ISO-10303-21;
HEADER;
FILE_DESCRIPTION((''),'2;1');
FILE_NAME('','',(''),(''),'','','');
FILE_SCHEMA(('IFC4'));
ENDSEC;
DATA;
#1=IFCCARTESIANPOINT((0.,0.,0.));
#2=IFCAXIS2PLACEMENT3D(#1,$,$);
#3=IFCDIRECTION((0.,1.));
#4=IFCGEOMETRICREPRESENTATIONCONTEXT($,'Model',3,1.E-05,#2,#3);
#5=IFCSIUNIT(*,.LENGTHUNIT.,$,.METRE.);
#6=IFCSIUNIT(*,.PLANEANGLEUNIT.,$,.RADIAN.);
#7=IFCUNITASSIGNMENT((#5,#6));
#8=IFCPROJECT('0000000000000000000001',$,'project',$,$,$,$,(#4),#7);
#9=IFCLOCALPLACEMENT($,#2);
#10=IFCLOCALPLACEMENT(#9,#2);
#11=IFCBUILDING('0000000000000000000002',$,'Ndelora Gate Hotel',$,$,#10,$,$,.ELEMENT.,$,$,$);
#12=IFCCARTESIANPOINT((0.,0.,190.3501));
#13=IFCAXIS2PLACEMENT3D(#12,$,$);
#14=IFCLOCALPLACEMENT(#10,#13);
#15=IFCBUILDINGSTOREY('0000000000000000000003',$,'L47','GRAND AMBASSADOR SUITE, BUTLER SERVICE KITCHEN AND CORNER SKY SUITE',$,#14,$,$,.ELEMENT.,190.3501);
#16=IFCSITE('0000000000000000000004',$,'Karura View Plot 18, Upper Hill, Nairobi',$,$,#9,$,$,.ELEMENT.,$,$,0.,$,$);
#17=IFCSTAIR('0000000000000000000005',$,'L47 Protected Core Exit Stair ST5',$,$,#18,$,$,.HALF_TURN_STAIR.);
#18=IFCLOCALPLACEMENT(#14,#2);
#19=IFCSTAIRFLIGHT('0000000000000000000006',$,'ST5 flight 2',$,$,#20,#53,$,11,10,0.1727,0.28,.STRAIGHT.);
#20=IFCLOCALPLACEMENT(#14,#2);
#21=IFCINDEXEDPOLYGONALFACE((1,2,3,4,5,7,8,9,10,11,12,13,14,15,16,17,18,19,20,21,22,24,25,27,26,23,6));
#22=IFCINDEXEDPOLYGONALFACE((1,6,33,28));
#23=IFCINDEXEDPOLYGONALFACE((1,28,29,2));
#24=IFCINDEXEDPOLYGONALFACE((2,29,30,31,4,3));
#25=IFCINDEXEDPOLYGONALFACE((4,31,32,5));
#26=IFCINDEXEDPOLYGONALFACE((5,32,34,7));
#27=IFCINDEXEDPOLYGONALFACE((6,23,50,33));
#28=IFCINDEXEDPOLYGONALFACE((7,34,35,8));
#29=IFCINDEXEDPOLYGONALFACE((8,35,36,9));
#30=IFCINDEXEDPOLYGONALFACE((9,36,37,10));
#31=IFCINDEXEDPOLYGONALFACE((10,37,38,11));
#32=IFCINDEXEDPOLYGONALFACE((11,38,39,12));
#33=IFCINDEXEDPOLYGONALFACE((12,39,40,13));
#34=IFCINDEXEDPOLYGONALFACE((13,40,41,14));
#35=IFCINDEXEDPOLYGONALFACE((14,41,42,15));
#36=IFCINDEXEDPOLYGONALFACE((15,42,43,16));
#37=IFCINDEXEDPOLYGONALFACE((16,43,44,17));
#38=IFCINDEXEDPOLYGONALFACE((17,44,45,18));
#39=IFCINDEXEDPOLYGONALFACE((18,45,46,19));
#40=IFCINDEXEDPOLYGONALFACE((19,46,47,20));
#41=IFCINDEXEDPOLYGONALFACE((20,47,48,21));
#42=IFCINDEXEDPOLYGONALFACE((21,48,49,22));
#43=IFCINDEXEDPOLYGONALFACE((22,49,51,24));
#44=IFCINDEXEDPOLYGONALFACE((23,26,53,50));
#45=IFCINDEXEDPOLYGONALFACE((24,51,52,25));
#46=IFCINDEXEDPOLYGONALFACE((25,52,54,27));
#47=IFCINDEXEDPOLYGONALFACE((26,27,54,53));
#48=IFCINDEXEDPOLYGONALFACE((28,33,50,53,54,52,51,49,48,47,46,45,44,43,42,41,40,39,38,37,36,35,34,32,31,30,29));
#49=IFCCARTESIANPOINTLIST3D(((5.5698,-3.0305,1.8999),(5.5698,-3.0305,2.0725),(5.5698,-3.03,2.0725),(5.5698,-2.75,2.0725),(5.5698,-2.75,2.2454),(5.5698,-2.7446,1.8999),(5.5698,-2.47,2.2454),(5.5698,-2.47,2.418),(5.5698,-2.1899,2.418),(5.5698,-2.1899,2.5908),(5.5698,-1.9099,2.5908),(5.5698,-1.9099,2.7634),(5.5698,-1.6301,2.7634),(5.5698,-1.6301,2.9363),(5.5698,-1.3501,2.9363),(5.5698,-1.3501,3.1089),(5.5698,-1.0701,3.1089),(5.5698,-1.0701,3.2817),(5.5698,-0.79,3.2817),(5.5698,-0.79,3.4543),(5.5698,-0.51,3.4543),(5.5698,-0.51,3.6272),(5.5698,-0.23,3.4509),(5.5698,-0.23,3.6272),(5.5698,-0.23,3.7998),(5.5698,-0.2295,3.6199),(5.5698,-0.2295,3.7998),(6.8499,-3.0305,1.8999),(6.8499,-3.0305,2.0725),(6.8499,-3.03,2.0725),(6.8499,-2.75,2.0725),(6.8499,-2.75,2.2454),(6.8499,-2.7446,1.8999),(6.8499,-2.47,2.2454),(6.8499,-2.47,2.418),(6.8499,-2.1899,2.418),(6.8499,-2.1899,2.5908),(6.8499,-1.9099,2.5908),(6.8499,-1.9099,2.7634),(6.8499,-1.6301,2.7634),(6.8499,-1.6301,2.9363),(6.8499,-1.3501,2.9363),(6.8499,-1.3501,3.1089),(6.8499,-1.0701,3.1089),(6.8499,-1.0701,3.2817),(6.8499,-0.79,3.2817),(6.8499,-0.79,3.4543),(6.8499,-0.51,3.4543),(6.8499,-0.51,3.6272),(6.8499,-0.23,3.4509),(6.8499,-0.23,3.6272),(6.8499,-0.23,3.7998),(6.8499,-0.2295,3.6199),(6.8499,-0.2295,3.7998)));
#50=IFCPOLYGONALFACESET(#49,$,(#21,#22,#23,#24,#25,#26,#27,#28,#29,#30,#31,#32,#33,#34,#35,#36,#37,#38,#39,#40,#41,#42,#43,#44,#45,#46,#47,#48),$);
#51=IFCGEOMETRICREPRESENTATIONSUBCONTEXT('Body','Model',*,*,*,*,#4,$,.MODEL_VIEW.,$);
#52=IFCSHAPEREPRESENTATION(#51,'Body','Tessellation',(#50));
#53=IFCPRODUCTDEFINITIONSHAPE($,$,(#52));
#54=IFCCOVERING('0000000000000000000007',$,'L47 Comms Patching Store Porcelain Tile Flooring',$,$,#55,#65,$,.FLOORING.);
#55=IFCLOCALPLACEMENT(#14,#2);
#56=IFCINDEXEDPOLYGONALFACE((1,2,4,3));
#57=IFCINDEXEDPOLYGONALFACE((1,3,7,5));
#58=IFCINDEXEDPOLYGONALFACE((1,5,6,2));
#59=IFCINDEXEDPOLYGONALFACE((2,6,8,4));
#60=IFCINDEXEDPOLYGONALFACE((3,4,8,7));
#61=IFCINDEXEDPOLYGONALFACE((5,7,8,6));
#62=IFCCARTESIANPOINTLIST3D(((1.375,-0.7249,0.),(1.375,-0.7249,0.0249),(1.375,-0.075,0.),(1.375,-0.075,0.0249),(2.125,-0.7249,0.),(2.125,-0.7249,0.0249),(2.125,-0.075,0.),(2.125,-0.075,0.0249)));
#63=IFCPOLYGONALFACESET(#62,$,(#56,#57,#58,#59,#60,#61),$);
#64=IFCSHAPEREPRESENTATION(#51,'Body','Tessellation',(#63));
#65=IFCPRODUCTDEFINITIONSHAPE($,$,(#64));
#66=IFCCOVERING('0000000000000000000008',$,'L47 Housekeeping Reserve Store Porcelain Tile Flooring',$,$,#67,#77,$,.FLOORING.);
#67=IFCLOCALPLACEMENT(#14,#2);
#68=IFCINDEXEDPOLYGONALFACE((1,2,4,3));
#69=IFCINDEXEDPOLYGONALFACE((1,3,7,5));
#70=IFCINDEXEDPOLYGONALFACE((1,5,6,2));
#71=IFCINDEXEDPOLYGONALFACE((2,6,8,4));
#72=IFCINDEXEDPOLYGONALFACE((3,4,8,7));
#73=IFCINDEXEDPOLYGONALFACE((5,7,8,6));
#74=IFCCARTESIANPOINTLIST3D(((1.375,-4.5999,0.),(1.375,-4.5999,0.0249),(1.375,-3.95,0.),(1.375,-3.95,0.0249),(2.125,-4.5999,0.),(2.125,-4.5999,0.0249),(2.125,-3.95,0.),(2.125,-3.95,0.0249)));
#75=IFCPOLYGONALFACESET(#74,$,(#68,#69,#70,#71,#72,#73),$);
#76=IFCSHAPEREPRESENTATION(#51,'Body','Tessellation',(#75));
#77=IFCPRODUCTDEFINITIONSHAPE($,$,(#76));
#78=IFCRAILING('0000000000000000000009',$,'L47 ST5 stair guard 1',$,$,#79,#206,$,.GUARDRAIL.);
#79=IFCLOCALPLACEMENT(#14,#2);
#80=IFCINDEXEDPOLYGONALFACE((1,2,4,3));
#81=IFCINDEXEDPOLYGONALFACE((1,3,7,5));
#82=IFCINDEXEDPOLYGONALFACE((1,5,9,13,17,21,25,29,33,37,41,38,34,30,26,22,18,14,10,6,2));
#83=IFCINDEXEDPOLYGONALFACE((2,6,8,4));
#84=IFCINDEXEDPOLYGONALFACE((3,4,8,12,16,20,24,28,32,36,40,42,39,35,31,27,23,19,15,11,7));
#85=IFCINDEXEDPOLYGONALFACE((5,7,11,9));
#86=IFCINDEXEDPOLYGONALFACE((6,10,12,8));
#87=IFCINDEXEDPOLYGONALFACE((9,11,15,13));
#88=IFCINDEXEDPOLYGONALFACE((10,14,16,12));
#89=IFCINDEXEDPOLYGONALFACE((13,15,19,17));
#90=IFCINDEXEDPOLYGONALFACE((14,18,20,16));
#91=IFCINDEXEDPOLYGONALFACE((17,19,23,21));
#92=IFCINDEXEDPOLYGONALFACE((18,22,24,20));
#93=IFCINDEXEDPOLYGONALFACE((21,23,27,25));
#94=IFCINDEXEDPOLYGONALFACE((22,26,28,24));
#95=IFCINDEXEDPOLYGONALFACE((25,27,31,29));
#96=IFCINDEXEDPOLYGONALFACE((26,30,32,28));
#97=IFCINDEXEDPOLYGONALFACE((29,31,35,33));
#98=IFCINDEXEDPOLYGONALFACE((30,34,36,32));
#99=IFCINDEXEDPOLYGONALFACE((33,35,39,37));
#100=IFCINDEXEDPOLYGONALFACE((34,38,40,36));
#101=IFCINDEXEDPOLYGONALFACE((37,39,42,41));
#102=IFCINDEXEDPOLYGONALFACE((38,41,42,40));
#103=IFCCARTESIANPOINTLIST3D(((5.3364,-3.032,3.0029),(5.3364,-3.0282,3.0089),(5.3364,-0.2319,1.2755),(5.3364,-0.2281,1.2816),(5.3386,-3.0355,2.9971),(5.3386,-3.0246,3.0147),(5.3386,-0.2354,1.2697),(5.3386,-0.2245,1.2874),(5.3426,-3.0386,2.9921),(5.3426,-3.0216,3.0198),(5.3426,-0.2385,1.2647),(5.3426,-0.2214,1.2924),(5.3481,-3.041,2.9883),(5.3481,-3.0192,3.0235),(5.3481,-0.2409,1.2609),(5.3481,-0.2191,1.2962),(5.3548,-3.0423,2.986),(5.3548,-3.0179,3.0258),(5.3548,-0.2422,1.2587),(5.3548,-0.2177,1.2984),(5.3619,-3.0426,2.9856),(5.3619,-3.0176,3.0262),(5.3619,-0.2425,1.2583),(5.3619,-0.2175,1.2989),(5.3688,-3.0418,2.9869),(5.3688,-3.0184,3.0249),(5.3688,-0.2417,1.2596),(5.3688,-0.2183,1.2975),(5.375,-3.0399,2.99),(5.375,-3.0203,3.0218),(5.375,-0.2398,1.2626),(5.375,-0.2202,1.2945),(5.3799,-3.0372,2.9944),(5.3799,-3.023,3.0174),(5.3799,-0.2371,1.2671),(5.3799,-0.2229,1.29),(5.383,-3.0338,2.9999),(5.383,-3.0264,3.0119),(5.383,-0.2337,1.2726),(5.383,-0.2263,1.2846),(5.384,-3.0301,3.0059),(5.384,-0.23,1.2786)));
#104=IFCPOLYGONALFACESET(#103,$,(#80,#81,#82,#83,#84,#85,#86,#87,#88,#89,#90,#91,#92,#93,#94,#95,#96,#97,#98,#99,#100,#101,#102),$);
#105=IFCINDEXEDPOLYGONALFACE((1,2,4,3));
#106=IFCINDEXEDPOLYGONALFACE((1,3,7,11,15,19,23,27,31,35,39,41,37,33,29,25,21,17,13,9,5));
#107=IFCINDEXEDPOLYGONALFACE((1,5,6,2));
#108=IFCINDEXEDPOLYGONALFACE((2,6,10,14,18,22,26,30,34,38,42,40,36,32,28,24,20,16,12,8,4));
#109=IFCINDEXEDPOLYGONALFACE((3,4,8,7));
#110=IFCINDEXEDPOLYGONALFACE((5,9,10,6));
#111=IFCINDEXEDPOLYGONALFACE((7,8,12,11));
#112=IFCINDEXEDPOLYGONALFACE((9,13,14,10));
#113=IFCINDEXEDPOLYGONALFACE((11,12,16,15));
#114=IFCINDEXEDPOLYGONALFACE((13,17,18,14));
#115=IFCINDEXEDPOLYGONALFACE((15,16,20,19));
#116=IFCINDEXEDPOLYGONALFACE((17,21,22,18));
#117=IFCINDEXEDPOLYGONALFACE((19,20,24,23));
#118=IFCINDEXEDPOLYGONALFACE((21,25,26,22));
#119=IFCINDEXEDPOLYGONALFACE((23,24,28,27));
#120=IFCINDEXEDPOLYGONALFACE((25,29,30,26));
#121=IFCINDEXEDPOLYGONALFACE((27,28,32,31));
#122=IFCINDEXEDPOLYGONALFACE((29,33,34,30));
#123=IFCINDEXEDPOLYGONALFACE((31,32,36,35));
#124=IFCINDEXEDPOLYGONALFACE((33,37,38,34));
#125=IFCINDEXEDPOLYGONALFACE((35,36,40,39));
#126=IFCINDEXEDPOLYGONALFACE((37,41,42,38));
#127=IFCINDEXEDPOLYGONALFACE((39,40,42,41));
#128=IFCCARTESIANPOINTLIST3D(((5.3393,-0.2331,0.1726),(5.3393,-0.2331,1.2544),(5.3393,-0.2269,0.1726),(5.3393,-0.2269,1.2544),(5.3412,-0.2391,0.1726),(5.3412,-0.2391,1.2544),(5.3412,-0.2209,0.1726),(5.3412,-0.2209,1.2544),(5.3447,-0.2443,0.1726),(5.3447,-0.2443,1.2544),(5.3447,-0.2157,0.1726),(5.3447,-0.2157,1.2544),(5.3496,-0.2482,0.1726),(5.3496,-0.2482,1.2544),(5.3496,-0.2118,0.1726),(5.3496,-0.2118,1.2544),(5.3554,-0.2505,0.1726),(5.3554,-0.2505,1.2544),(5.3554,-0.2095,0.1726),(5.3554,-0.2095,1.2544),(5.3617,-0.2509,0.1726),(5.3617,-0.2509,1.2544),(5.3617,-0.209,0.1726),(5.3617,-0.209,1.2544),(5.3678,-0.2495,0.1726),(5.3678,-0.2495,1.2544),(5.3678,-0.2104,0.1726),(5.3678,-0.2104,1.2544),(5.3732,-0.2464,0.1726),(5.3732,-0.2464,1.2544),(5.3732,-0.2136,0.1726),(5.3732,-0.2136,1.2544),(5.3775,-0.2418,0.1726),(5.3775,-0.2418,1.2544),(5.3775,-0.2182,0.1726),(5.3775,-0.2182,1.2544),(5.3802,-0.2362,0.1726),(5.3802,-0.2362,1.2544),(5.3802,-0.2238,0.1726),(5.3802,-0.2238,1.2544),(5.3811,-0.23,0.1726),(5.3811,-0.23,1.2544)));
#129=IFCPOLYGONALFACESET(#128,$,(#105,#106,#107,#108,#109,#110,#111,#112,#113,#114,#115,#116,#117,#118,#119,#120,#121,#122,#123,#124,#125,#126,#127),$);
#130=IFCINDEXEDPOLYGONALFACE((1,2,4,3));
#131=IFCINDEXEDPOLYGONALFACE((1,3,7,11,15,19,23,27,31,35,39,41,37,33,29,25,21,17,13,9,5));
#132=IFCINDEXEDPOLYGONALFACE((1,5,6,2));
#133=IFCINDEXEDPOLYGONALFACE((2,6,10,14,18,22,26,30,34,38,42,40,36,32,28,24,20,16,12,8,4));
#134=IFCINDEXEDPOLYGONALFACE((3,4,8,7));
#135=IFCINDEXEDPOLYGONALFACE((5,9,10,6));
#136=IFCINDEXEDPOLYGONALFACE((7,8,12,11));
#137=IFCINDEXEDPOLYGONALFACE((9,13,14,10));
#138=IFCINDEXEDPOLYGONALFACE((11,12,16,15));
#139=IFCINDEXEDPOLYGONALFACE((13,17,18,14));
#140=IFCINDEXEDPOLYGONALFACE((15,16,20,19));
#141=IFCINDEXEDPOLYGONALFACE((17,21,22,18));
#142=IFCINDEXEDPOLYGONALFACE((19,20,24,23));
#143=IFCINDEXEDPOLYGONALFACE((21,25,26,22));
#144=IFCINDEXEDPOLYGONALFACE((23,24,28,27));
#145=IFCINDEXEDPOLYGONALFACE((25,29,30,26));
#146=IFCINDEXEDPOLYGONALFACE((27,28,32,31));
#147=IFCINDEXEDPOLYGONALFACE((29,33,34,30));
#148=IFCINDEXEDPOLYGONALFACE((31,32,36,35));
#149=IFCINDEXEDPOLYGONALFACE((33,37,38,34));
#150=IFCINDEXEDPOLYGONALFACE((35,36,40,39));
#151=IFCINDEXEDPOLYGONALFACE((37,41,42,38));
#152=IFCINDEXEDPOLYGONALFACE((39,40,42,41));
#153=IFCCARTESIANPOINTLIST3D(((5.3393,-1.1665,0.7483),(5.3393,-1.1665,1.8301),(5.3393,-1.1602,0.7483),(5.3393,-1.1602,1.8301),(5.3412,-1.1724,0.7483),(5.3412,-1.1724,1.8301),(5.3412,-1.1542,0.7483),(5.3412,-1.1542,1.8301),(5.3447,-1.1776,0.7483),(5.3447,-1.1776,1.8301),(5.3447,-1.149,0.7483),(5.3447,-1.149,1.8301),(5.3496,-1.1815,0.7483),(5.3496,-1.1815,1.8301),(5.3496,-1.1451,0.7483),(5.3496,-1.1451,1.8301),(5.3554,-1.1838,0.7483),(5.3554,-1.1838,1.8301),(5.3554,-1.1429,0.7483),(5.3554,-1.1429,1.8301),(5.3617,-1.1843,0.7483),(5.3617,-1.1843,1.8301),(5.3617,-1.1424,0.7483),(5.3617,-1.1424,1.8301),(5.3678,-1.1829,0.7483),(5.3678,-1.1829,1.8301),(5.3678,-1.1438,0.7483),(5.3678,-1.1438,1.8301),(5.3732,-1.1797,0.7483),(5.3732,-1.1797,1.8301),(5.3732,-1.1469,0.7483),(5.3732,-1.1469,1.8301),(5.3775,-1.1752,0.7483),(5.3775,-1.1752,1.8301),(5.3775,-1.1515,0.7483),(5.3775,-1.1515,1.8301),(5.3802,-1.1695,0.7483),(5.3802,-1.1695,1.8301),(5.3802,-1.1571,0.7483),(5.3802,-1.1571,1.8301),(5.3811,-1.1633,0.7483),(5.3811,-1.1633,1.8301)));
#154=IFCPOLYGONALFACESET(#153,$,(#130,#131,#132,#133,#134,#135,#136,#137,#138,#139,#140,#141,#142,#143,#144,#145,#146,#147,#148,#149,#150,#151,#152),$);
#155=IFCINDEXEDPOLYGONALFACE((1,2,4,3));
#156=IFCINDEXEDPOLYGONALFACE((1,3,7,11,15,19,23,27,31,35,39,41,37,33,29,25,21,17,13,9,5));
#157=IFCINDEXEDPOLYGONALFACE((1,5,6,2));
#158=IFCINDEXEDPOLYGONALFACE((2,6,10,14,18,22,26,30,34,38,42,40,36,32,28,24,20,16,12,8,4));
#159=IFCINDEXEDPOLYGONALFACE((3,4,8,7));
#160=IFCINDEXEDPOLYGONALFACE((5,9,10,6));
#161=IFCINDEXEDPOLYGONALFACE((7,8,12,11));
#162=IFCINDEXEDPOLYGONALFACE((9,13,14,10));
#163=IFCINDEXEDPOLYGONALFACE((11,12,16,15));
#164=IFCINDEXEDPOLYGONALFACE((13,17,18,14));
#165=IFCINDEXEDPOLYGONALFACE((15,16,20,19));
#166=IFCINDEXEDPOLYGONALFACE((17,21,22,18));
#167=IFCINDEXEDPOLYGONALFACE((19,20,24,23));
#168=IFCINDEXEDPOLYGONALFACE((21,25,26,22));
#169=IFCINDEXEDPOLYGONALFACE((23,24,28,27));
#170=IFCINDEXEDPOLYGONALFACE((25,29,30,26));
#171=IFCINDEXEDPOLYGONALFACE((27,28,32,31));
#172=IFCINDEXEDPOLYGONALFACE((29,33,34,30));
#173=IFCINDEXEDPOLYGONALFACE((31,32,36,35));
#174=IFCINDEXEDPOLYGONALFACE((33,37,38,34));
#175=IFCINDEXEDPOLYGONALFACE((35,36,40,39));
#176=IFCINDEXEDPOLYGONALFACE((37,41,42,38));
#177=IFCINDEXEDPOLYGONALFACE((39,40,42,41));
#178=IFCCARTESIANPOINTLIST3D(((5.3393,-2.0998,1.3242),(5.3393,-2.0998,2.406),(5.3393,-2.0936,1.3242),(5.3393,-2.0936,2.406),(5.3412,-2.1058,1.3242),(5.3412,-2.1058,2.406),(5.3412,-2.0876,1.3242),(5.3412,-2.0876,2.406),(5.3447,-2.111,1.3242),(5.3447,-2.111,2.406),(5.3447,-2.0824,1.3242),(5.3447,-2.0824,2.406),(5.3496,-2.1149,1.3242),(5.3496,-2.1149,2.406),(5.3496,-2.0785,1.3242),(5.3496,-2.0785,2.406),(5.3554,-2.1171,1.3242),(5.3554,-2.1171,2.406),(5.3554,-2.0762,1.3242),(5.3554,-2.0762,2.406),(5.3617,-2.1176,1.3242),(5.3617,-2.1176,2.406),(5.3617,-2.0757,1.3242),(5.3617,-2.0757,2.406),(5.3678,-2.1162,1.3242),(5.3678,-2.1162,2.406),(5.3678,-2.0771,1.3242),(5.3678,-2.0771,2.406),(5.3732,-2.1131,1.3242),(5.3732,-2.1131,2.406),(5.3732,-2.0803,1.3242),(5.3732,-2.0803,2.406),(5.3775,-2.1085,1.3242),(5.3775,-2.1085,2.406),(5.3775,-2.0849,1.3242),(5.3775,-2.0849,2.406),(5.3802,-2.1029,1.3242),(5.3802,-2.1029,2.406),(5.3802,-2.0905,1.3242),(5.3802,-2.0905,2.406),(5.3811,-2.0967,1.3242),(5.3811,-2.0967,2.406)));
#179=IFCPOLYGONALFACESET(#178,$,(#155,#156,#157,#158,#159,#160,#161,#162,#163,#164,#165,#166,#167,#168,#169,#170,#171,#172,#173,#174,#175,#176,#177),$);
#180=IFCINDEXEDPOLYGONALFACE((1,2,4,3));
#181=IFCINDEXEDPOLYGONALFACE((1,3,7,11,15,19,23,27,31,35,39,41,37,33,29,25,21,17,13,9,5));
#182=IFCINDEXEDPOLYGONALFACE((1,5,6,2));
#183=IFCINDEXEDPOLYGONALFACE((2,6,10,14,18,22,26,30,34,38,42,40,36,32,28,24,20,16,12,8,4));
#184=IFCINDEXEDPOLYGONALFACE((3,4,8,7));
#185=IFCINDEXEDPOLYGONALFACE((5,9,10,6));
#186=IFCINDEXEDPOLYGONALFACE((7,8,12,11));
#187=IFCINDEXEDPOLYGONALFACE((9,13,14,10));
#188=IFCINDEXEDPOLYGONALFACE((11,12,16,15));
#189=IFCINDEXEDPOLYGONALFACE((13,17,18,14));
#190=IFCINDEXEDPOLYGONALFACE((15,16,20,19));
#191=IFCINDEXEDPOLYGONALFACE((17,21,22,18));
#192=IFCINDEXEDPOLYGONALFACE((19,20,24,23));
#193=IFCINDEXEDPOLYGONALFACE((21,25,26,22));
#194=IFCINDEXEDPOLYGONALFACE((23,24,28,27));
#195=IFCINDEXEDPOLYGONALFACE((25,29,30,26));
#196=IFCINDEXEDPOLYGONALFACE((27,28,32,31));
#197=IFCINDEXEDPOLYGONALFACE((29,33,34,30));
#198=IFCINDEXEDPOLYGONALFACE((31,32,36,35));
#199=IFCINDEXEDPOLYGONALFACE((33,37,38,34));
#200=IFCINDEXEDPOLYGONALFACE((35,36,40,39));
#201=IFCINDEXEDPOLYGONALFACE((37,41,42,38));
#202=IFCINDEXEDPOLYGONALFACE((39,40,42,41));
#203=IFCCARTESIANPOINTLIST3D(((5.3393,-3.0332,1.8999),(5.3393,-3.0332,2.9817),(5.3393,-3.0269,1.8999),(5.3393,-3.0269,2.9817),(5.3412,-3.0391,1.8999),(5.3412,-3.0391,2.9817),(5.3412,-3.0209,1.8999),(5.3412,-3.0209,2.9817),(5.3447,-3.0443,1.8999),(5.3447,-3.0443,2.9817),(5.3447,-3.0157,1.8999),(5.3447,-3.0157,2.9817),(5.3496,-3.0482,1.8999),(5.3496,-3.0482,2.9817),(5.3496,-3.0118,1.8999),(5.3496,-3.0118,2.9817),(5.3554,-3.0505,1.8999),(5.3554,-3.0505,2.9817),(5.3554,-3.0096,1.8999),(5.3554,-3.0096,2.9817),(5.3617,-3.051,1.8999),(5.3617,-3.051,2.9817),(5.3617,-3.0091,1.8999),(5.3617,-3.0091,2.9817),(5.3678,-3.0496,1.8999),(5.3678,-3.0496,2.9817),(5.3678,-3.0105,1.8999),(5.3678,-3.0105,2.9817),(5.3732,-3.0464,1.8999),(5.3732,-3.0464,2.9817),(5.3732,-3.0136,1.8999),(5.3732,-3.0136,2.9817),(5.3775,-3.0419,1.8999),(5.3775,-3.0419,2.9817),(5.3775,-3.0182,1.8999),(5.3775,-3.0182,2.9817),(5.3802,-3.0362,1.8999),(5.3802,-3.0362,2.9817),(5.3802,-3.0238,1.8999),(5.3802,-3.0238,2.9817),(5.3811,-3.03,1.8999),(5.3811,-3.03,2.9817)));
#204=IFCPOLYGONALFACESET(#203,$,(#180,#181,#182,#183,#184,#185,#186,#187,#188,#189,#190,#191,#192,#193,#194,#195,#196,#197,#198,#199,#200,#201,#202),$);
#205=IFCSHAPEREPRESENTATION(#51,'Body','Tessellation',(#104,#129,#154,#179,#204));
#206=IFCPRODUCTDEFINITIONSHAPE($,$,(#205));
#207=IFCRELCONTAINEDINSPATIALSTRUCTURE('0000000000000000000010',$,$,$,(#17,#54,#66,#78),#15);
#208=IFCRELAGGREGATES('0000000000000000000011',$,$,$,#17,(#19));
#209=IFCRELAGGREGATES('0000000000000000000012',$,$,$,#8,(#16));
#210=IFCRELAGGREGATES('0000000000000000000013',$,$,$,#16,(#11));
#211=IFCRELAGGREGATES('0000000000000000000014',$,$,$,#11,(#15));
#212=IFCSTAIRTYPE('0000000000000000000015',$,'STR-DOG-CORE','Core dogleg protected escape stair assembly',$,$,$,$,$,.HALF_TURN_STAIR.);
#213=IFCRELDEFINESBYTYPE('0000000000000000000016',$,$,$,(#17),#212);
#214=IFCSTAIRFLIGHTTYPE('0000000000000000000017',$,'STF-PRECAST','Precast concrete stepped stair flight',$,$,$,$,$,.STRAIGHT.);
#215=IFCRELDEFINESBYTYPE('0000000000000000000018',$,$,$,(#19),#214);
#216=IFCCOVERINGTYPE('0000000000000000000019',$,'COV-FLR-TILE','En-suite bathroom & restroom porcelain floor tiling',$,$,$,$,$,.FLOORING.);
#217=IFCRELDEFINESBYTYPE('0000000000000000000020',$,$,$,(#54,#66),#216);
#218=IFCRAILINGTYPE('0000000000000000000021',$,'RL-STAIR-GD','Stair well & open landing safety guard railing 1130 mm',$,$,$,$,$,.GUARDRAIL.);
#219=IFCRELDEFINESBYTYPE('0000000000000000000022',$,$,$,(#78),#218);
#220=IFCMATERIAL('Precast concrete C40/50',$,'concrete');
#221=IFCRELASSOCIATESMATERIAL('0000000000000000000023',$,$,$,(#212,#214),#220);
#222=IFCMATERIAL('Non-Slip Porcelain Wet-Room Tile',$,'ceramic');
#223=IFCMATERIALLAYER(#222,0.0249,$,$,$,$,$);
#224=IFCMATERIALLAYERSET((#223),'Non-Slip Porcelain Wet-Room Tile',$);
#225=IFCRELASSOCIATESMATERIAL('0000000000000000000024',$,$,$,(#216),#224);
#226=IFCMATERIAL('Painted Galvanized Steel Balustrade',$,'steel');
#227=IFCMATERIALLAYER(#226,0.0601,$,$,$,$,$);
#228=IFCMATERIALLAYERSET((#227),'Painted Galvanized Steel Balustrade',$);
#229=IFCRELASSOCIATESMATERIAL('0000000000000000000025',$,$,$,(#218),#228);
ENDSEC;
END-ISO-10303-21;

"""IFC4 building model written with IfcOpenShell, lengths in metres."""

from ifc_helpers import new_model, si_unit, direction, frame, origin, origin_2d, place, context, subcontext, project, spatial, polyline, rectangle, circle, outline, extrude, material, layer, layer_set, type_object, element, aggregate, save


model = new_model("IFC4")

# Units and contexts
model_context = context("Model", 3, precision=1e-05, world=origin(), true_north=direction((0.0, 1.0)))
body_context = subcontext(model_context, "Body", "Model", "MODEL_VIEW")
ifc_project = project(units=[si_unit("LENGTHUNIT", "METRE"), si_unit("PLANEANGLEUNIT", "RADIAN")], contexts=[model_context])

# Site, building, storey
site_placement = place(None, origin())
site = spatial("IfcSite", under=ifc_project, at=site_placement, Name="Karura View Plot 18, Upper Hill, Nairobi", CompositionType="ELEMENT", RefElevation=0.0)
building_placement = place(site_placement, origin())
building = spatial("IfcBuilding", under=site, at=building_placement, Name="Ndelora Gate Hotel", CompositionType="ELEMENT")
storey_placement = place(building_placement, frame((0.0, 0.0, 190.3501)))
storey = spatial("IfcBuildingStorey", under=building, at=storey_placement, Name="L47", Description="GRAND AMBASSADOR SUITE, BUTLER SERVICE KITCHEN AND CORNER SKY SUITE", CompositionType="ELEMENT", Elevation=190.3501)

# Stair
ifc_material_1 = material(Name="Precast concrete C40/50", Category="concrete")
stair_type = type_object("IfcStairType", Name="STR-DOG-CORE", Description="Core dogleg protected escape stair assembly", PredefinedType="HALF_TURN_STAIR", material=ifc_material_1)
stair_1_placement = place(storey_placement, origin())
stair_1 = element("IfcStair", 1, at=stair_1_placement, inside=storey, type_object=stair_type, Name="L47 Protected Core Exit Stair ST5", PredefinedType="HALF_TURN_STAIR")

# Stair flight
stair_flight_type = type_object("IfcStairFlightType", Name="STF-PRECAST", Description="Precast concrete stepped stair flight", PredefinedType="STRAIGHT", material=ifc_material_1)
stair_flight_1_placement = place(storey_placement, frame((6.21, -3.03, 1.8999), z_axis=(0.0, 0.0, 1.0), x_axis=(0.0, 1.0, 0.0)))
stair_flight_1 = element("IfcStairFlight", 2, at=stair_flight_1_placement, type_object=stair_flight_type, Name="ST5 flight 2", NumberOfRisers=11, NumberOfTreads=10, PredefinedType="STRAIGHT", RiserHeight=0.1727, TreadLength=0.28, context=body_context, shape_type="SweptSolid", body=[
    extrude(outline(polyline([(-0.0005, 0.0), (-0.0005, 0.1726), (0.0, 0.1726), (0.28, 0.1726), (0.28, 0.3455), (0.5601, 0.3455), (0.5601, 0.5181), (0.8401, 0.5181), (0.8401, 0.6909), (1.1201, 0.6909), (1.1201, 0.8635), (1.3999, 0.8635), (1.3999, 1.0364), (1.6799, 1.0364), (1.6799, 1.209), (1.96, 1.209), (1.96, 1.3818), (2.24, 1.3818), (2.24, 1.5544), (2.52, 1.5544), (2.52, 1.7273), (2.8, 1.7273), (2.8, 1.8999), (2.8005, 1.8999), (2.8005, 1.72), (2.8, 1.551), (0.2854, 0.0), (-0.0005, 0.0)])), frame((0.0, 0.6401, 0.0), z_axis=(0.0, -1.0, 0.0), x_axis=(1.0, 0.0, 0.0)), (0.0, 0.0, 1.0), 1.28),
])
aggregate(stair_1, [stair_flight_1])

# Coverings
ifc_material_2 = material(Name="Non-Slip Porcelain Wet-Room Tile", Category="ceramic")
ifc_layer_1 = layer(ifc_material_2, 0.0249)
ifc_layer_set_1 = layer_set([ifc_layer_1], Name="Non-Slip Porcelain Wet-Room Tile")
covering_type = type_object("IfcCoveringType", Name="COV-FLR-TILE", Description="En-suite bathroom & restroom porcelain floor tiling", PredefinedType="FLOORING", material=ifc_layer_set_1)
for number, where, z_axis, x_axis, name in (
    (3, (1.75, -0.3999, 0.0), (0.0, 0.0, 1.0), (1.0, 0.0, 0.0), "L47 Comms Patching Store Porcelain Tile Flooring"),
    (4, (1.75, -4.2749, 0.0), (0.0, 0.0, 1.0), (1.0, 0.0, 0.0), "L47 Housekeeping Reserve Store Porcelain Tile Flooring"),
):
    element("IfcCovering", number, at=place(storey_placement, frame(where, z_axis=z_axis, x_axis=x_axis)), inside=storey, type_object=covering_type, Name=name, PredefinedType="FLOORING", context=body_context, shape_type="SweptSolid", body=[
        extrude(rectangle(XDim=0.75, YDim=0.6499, at=origin_2d()), origin(), (0.0, 0.0, 1.0), 0.0249),
    ])

# Railing
ifc_material_3 = material(Name="Painted Galvanized Steel Balustrade", Category="steel")
ifc_layer_2 = layer(ifc_material_3, 0.0601)
ifc_layer_set_2 = layer_set([ifc_layer_2], Name="Painted Galvanized Steel Balustrade")
railing_type_1 = type_object("IfcRailingType", Name="RL-STAIR-GD", Description="Stair well & open landing safety guard railing 1130 mm", PredefinedType="GUARDRAIL", material=ifc_layer_set_2)
railing_1_placement = place(storey_placement, frame((5.3601, -0.23, 0.1726)))
element("IfcRailing", 5, at=railing_1_placement, inside=storey, type_object=railing_type_1, Name="L47 ST5 stair guard 1", PredefinedType="GUARDRAIL", context=body_context, shape_type="SweptSolid", body=[
    extrude(circle(Radius=0.0239, at=origin_2d()), frame((0.0, 0.0, 1.106), z_axis=(0.0, -0.85109, 0.52502), x_axis=(1.0, 0.0, 0.0)), (0.0, 0.0, 1.0), 3.29),
    extrude(circle(Radius=0.021, at=origin_2d()), origin(), (0.0, 0.0, 1.0), 1.0818),
    extrude(circle(Radius=0.021, at=origin_2d()), frame((0.0, -0.9333, 0.5757)), (0.0, 0.0, 1.0), 1.0818),
    extrude(circle(Radius=0.021, at=origin_2d()), frame((0.0, -1.8667, 1.1516)), (0.0, 0.0, 1.0), 1.0818),
    extrude(circle(Radius=0.021, at=origin_2d()), frame((0.0, -2.8, 1.7273)), (0.0, 0.0, 1.0), 1.0818),
])

save(model, "model.ifc")
